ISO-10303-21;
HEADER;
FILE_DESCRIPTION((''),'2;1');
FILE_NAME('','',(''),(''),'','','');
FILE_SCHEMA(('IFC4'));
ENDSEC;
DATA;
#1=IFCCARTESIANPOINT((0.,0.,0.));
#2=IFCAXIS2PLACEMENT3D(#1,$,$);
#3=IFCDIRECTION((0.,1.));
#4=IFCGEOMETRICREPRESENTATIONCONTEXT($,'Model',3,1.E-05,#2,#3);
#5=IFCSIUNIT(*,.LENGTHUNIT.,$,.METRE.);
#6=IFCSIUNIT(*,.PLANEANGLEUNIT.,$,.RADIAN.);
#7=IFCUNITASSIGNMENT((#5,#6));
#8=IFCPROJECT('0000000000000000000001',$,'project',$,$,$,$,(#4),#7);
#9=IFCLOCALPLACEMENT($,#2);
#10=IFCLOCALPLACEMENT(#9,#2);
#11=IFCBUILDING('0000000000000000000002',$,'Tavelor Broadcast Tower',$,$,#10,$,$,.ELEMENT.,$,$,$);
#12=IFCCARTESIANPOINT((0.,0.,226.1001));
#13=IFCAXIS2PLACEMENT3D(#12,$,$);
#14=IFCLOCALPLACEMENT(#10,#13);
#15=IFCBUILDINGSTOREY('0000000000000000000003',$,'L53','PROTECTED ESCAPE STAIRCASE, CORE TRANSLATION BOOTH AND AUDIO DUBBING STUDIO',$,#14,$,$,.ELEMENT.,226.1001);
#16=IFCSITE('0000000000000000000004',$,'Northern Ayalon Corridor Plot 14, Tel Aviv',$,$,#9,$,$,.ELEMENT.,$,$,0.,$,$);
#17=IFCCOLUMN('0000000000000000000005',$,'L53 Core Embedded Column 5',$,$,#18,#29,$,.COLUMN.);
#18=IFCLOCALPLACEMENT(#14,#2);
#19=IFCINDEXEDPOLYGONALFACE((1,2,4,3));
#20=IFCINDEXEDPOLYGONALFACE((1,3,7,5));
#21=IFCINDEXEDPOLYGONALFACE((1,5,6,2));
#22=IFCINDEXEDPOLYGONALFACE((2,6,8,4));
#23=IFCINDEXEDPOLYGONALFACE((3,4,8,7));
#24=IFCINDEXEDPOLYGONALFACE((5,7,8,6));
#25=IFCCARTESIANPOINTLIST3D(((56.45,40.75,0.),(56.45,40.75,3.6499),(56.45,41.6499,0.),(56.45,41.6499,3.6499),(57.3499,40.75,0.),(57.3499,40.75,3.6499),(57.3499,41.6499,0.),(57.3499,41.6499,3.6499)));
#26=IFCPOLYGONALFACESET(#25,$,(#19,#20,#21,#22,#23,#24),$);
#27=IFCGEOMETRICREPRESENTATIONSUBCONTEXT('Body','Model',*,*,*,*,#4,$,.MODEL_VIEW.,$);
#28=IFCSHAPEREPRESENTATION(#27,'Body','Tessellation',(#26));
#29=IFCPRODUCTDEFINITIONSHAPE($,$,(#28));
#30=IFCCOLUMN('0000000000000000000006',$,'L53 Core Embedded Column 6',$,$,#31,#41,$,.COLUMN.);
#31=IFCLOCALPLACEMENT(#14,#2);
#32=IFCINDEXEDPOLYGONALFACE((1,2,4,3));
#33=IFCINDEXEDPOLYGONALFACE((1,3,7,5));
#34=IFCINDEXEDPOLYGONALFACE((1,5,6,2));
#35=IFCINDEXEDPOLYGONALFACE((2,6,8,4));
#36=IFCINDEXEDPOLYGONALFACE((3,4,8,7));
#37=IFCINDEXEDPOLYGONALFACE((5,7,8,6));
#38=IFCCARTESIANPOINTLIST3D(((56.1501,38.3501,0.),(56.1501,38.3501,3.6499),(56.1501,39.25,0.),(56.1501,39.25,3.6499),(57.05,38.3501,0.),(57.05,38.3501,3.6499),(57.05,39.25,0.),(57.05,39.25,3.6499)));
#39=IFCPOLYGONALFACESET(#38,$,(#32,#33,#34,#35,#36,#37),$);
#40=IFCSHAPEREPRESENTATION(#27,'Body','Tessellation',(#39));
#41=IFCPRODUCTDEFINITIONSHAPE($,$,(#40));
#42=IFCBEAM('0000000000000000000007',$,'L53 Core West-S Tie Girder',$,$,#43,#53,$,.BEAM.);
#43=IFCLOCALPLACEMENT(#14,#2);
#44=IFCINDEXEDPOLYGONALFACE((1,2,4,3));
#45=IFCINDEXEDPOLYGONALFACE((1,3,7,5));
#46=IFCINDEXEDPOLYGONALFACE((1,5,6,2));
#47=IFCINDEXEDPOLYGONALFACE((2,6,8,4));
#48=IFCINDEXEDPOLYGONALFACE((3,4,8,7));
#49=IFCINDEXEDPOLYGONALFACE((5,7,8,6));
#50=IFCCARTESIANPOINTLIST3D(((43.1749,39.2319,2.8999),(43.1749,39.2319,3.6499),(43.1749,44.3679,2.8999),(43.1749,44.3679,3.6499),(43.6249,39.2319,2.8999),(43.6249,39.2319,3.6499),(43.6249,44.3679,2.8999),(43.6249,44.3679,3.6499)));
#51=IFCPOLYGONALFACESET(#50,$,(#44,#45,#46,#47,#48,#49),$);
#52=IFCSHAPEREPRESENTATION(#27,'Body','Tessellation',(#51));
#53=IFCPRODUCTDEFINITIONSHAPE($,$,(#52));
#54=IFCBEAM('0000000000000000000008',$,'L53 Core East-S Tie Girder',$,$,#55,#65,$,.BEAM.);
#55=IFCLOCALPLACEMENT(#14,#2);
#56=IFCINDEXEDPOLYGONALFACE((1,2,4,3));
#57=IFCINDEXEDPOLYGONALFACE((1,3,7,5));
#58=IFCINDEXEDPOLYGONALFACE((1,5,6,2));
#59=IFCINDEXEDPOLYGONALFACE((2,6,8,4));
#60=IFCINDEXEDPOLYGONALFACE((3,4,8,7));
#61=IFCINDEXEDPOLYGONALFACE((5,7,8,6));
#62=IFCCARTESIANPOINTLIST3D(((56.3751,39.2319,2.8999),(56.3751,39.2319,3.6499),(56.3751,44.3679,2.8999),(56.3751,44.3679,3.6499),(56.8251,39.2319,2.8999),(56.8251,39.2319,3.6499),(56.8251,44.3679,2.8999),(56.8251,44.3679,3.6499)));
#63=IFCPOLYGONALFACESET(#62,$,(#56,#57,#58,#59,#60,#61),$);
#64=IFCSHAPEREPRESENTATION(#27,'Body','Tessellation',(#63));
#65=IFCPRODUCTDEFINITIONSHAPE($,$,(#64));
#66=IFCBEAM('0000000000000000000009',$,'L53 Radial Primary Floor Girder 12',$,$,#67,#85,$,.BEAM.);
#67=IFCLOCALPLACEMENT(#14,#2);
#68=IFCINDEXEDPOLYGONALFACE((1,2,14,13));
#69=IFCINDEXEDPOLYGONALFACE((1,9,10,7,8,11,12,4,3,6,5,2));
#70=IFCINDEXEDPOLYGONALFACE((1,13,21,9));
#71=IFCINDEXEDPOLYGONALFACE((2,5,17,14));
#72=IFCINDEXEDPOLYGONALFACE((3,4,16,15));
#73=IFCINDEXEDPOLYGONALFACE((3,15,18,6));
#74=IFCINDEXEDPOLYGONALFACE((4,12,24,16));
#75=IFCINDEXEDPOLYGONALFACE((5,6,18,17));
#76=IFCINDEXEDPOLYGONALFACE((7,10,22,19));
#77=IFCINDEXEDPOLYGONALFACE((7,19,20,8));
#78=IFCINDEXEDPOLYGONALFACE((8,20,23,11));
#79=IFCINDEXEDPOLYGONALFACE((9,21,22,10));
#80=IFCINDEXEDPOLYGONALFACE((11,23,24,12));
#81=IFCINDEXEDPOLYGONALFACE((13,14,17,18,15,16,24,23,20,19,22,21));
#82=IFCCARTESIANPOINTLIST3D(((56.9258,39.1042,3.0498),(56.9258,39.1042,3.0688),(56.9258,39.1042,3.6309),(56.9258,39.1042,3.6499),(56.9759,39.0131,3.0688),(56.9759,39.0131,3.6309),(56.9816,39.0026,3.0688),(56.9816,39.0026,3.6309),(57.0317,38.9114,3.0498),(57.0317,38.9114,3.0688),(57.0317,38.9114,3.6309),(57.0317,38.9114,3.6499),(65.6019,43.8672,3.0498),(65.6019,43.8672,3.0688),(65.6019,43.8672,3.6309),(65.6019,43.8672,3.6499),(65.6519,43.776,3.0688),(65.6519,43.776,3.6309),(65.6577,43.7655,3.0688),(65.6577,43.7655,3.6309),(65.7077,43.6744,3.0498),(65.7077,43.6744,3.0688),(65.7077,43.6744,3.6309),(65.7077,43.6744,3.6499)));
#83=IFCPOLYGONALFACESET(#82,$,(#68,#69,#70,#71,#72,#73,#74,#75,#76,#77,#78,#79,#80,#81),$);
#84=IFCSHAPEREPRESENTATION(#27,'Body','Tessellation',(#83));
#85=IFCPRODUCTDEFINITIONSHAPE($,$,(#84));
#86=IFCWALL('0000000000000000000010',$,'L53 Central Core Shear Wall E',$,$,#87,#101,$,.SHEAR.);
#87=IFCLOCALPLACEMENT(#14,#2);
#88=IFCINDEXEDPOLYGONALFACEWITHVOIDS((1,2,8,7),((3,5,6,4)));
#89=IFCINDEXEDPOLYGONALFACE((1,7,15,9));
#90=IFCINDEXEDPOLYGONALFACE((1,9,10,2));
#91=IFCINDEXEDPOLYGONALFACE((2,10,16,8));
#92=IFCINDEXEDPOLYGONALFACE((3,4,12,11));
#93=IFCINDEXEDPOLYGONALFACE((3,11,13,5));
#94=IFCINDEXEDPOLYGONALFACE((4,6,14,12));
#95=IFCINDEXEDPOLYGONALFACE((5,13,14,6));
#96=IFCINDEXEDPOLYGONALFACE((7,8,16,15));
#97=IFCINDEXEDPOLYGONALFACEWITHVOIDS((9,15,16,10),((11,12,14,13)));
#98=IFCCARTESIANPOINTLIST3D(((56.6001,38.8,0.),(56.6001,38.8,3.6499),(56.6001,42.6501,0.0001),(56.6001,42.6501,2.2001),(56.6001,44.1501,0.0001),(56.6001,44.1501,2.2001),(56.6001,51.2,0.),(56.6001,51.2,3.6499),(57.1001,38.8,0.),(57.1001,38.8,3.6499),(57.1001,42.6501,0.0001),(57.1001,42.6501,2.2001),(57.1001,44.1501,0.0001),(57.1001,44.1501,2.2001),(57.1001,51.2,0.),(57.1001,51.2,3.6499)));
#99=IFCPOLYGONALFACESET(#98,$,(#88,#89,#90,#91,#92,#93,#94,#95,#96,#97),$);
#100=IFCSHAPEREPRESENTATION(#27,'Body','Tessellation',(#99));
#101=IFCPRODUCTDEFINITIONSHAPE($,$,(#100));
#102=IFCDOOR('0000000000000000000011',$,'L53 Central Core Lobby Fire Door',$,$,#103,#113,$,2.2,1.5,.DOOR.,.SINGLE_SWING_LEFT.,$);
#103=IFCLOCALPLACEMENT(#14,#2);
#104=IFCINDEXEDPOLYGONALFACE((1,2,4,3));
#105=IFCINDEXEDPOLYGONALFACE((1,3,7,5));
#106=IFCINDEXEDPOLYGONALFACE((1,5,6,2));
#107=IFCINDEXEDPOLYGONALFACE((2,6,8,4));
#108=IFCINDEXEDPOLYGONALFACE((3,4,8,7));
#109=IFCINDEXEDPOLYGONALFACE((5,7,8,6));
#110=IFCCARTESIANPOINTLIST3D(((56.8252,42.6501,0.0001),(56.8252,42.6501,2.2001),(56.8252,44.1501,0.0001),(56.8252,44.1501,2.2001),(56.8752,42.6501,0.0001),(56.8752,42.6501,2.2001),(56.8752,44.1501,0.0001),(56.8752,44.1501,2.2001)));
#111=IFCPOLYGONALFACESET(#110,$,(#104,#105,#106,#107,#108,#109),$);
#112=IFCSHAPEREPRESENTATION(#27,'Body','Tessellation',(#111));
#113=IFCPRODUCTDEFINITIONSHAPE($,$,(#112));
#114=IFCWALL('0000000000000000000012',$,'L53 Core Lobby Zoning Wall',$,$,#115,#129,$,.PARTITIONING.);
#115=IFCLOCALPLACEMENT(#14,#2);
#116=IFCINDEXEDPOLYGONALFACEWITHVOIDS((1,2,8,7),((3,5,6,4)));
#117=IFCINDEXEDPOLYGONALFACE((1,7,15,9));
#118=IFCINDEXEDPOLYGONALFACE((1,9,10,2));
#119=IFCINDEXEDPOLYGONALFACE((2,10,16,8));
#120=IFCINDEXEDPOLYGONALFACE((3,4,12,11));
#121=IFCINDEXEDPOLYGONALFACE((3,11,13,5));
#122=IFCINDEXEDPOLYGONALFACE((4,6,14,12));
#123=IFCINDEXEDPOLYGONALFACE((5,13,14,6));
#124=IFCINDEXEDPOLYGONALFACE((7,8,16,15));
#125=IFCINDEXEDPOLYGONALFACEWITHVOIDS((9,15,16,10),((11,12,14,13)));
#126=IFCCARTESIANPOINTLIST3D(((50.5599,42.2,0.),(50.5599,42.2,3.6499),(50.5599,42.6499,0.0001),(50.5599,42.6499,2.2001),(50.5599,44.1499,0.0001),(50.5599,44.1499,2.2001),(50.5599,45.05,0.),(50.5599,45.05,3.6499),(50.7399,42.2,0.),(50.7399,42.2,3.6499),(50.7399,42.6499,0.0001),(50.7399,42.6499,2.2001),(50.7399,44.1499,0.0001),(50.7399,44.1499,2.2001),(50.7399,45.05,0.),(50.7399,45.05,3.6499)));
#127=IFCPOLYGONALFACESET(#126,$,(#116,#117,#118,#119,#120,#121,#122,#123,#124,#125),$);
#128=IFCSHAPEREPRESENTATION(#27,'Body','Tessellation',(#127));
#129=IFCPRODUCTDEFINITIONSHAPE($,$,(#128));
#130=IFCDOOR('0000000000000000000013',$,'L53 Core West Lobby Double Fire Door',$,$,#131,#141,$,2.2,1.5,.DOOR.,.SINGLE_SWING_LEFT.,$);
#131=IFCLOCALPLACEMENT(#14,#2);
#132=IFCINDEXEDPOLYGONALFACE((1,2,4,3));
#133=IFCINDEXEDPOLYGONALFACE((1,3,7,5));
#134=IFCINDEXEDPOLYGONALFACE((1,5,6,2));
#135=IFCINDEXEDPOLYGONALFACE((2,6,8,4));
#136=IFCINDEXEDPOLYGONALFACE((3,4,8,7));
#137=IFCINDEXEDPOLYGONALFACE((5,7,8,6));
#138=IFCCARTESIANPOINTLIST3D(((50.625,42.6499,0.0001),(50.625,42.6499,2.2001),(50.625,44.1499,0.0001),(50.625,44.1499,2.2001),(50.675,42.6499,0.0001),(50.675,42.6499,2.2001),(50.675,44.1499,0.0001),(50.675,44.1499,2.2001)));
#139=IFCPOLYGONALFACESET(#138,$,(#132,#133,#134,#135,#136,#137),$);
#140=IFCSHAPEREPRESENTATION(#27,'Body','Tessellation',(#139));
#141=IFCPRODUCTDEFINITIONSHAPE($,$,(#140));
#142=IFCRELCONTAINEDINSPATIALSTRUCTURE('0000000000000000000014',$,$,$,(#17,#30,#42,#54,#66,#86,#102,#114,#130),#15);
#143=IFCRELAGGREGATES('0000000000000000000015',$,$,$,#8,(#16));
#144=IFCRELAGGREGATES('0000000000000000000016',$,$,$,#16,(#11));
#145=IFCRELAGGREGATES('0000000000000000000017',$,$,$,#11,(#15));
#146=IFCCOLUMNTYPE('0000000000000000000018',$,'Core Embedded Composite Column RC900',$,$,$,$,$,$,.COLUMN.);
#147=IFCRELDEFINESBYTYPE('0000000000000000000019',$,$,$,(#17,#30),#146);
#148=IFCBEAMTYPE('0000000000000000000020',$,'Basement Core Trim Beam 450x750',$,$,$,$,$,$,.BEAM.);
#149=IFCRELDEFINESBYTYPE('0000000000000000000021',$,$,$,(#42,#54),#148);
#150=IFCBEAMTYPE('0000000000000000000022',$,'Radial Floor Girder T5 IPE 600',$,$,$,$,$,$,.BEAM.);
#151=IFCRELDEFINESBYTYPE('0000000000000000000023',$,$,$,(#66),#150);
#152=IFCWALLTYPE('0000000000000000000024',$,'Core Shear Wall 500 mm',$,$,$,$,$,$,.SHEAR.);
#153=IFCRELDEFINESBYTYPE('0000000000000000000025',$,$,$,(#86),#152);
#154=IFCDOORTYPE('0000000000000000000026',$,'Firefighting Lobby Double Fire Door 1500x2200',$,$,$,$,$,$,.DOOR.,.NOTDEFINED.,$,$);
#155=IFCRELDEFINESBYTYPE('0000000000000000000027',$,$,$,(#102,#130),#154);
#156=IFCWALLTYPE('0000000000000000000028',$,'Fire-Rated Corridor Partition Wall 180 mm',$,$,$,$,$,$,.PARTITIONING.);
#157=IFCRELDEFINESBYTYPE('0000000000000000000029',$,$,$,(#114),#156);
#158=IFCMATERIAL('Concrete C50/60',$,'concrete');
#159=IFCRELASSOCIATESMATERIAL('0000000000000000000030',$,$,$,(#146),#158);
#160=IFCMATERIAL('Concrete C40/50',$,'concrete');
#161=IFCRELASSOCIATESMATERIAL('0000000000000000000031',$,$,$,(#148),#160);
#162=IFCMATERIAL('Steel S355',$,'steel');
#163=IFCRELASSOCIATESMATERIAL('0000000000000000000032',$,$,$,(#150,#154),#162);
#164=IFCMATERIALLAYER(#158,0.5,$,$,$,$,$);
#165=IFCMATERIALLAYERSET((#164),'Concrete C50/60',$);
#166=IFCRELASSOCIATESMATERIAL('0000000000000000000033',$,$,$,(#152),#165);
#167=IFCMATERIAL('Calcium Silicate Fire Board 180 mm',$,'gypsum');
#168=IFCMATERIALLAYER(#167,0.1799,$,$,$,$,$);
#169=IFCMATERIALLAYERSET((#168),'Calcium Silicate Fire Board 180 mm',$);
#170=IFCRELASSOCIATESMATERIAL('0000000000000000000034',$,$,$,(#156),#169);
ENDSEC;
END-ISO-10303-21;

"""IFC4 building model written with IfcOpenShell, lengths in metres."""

from ifc_helpers import new_model, si_unit, direction, frame, frame_2d, origin, origin_2d, place, context, subcontext, project, spatial, rectangle, i_section, extrude, material, layer, layer_set, material_profile, profile_set, type_object, element, fill, save


model = new_model("IFC4")

# Units and contexts
model_context = context("Model", 3, precision=1e-05, world=origin(), true_north=direction((0.0, 1.0)))
body_context = subcontext(model_context, "Body", "Model", "MODEL_VIEW")
ifc_project = project(units=[si_unit("LENGTHUNIT", "METRE"), si_unit("PLANEANGLEUNIT", "RADIAN")], contexts=[model_context])

# Site, building, storey
site_placement = place(None, origin())
site = spatial("IfcSite", under=ifc_project, at=site_placement, Name="Northern Ayalon Corridor Plot 14, Tel Aviv", CompositionType="ELEMENT", RefElevation=0.0)
building_placement = place(site_placement, origin())
building = spatial("IfcBuilding", under=site, at=building_placement, Name="Tavelor Broadcast Tower", CompositionType="ELEMENT")
storey_placement = place(building_placement, frame((0.0, 0.0, 226.1001)))
storey = spatial("IfcBuildingStorey", under=building, at=storey_placement, Name="L53", Description="PROTECTED ESCAPE STAIRCASE, CORE TRANSLATION BOOTH AND AUDIO DUBBING STUDIO", CompositionType="ELEMENT", Elevation=226.1001)

# Columns
ifc_material_1 = material(Name="Concrete C50/60", Category="concrete")
ifc_material_profile_1 = material_profile(ifc_material_1, rectangle(XDim=0.8999, YDim=0.8999, at=origin_2d()), Name="RC 900x900")
ifc_profile_set_1 = profile_set([ifc_material_profile_1], Name="Concrete C50/60")
column_type = type_object("IfcColumnType", Name="Core Embedded Composite Column RC900", PredefinedType="COLUMN", material=ifc_profile_set_1)
for number, where, z_axis, x_axis, name in (
    (1, (56.8999, 41.2, 0.0), (0.0, 0.0, 1.0), (1.0, 0.0, 0.0), "L53 Core Embedded Column 5"),
    (2, (56.6001, 38.8, 0.0), (0.0, 0.0, 1.0), (1.0, 0.0, 0.0), "L53 Core Embedded Column 6"),
):
    element("IfcColumn", number, at=place(storey_placement, frame(where, z_axis=z_axis, x_axis=x_axis)), inside=storey, type_object=column_type, Name=name, PredefinedType="COLUMN", context=body_context, shape_type="SweptSolid", body=[
        extrude(rectangle(XDim=0.8999, YDim=0.8999, at=origin_2d()), origin(), (0.0, 0.0, 1.0), 3.6499),
    ])

# Beams
ifc_material_2 = material(Name="Concrete C40/50", Category="concrete")
ifc_material_profile_2 = material_profile(ifc_material_2, rectangle(XDim=0.45, YDim=0.75, at=origin_2d()), Name="RC 450x750")
ifc_profile_set_2 = profile_set([ifc_material_profile_2], Name="Concrete C40/50")
beam_type_1 = type_object("IfcBeamType", Name="Basement Core Trim Beam 450x750", PredefinedType="BEAM", material=ifc_profile_set_2)
for number, where, z_axis, x_axis, name in (
    (3, (43.3999, 39.2319, 3.2749), (0.0, 1.0, 0.0), (-1.0, 0.0, 0.0), "L53 Core West-S Tie Girder"),
    (4, (56.6001, 39.2319, 3.2749), (0.0, 1.0, 0.0), (-1.0, 0.0, 0.0), "L53 Core East-S Tie Girder"),
):
    element("IfcBeam", number, at=place(storey_placement, frame(where, z_axis=z_axis, x_axis=x_axis)), inside=storey, type_object=beam_type_1, Name=name, PredefinedType="BEAM", context=body_context, shape_type="SweptSolid", body=[
        extrude(rectangle(XDim=0.45, YDim=0.75, at=origin_2d()), origin(), (0.0, 0.0, 1.0), 5.136),
    ])
ifc_material_3 = material(Name="Steel S355", Category="steel")
ifc_material_profile_3 = material_profile(ifc_material_3, i_section(OverallWidth=0.22, OverallDepth=0.6001, WebThickness=0.012, FlangeThickness=0.019, at=origin_2d()), Name="IPE 600")
ifc_profile_set_3 = profile_set([ifc_material_profile_3], Name="Steel S355")
beam_type_2 = type_object("IfcBeamType", Name="Radial Floor Girder T5 IPE 600", PredefinedType="BEAM", material=ifc_profile_set_3)
beam_placement = place(storey_placement, frame((56.9788, 39.0078, 3.3499), z_axis=(0.876594, 0.48123, 0.0), x_axis=(-0.48123, 0.876594, 0.0)))
element("IfcBeam", 5, at=beam_placement, inside=storey, type_object=beam_type_2, Name="L53 Radial Primary Floor Girder 12", PredefinedType="BEAM", context=body_context, shape_type="SweptSolid", body=[
    extrude(i_section(OverallWidth=0.22, OverallDepth=0.6001, WebThickness=0.012, FlangeThickness=0.019, at=origin_2d()), origin(), (0.0, 0.0, 1.0), 9.8975),
])

# Walls, openings, doors
ifc_layer_1 = layer(ifc_material_1, 0.5)
ifc_layer_set_1 = layer_set([ifc_layer_1], Name="Concrete C50/60")
wall_type_1 = type_object("IfcWallType", Name="Core Shear Wall 500 mm", PredefinedType="SHEAR", material=ifc_layer_set_1)
wall_1_placement = place(storey_placement, frame((56.8501, 38.8, 0.0), z_axis=(0.0, 0.0, 1.0), x_axis=(0.0, 1.0, 0.0)))
wall_1 = element("IfcWall", 6, at=wall_1_placement, inside=storey, type_object=wall_type_1, Name="L53 Central Core Shear Wall E", PredefinedType="SHEAR", context=body_context, shape_type="SweptSolid", body=[
    extrude(rectangle(XDim=12.3999, YDim=0.5, at=frame_2d((6.2, 0.0))), origin(), (0.0, 0.0, 1.0), 3.6499),
])
opening_1_placement = place(wall_1_placement, frame((3.8501, 0.0, 0.0)))
opening_1 = element("IfcOpeningElement", 7, at=opening_1_placement, cuts=wall_1, PredefinedType="OPENING", context=body_context, shape_type="SweptSolid", body=[
    extrude(rectangle(XDim=1.5, YDim=2.2, at=frame_2d((0.75, 1.1001))), frame((0.0, 0.26, 0.0), z_axis=(0.0, -1.0, 0.0), x_axis=(1.0, 0.0, 0.0)), (0.0, 0.0, 1.0), 0.52),
])
door_type_1 = type_object("IfcDoorType", Name="Firefighting Lobby Double Fire Door 1500x2200", OperationType="NOTDEFINED", PredefinedType="DOOR", material=ifc_material_3)
door_1_placement = place(opening_1_placement, origin())
door_1 = element("IfcDoor", 8, at=door_1_placement, inside=storey, type_object=door_type_1, Name="L53 Central Core Lobby Fire Door", OperationType="SINGLE_SWING_LEFT", OverallHeight=2.2, OverallWidth=1.5, PredefinedType="DOOR", context=body_context, shape_type="SweptSolid", body=[
    extrude(rectangle(XDim=1.5, YDim=2.2, at=frame_2d((0.75, 1.1001))), frame((0.0, 0.0249, 0.0), z_axis=(0.0, -1.0, 0.0), x_axis=(1.0, 0.0, 0.0)), (0.0, 0.0, 1.0), 0.05),
])
fill(opening_1, door_1)
ifc_material_4 = material(Name="Calcium Silicate Fire Board 180 mm", Category="gypsum")
ifc_layer_2 = layer(ifc_material_4, 0.1799)
ifc_layer_set_2 = layer_set([ifc_layer_2], Name="Calcium Silicate Fire Board 180 mm")
wall_type_2 = type_object("IfcWallType", Name="Fire-Rated Corridor Partition Wall 180 mm", PredefinedType="PARTITIONING", material=ifc_layer_set_2)
wall_2_placement = place(storey_placement, frame((50.6499, 42.2, 0.0), z_axis=(0.0, 0.0, 1.0), x_axis=(0.0, 1.0, 0.0)))
wall_2 = element("IfcWall", 9, at=wall_2_placement, inside=storey, type_object=wall_type_2, Name="L53 Core Lobby Zoning Wall", PredefinedType="PARTITIONING", context=body_context, shape_type="SweptSolid", body=[
    extrude(rectangle(XDim=2.8501, YDim=0.1799, at=frame_2d((1.425, 0.0))), origin(), (0.0, 0.0, 1.0), 3.6499),
])
opening_2_placement = place(wall_2_placement, frame((0.45, 0.0, 0.0)))
opening_2 = element("IfcOpeningElement", 10, at=opening_2_placement, cuts=wall_2, PredefinedType="OPENING", context=body_context, shape_type="SweptSolid", body=[
    extrude(rectangle(XDim=1.5, YDim=2.2, at=frame_2d((0.75, 1.1001))), frame((0.0, 0.1001, 0.0), z_axis=(0.0, -1.0, 0.0), x_axis=(1.0, 0.0, 0.0)), (0.0, 0.0, 1.0), 0.2),
])
door_2_placement = place(opening_2_placement, origin())
door_2 = element("IfcDoor", 11, at=door_2_placement, inside=storey, type_object=door_type_1, Name="L53 Core West Lobby Double Fire Door", OperationType="SINGLE_SWING_LEFT", OverallHeight=2.2, OverallWidth=1.5, PredefinedType="DOOR", context=body_context, shape_type="SweptSolid", body=[
    extrude(rectangle(XDim=1.5, YDim=2.2, at=frame_2d((0.75, 1.1001))), frame((0.0, 0.0249, 0.0), z_axis=(0.0, -1.0, 0.0), x_axis=(1.0, 0.0, 0.0)), (0.0, 0.0, 1.0), 0.05),
])
fill(opening_2, door_2)

save(model, "model.ifc")
